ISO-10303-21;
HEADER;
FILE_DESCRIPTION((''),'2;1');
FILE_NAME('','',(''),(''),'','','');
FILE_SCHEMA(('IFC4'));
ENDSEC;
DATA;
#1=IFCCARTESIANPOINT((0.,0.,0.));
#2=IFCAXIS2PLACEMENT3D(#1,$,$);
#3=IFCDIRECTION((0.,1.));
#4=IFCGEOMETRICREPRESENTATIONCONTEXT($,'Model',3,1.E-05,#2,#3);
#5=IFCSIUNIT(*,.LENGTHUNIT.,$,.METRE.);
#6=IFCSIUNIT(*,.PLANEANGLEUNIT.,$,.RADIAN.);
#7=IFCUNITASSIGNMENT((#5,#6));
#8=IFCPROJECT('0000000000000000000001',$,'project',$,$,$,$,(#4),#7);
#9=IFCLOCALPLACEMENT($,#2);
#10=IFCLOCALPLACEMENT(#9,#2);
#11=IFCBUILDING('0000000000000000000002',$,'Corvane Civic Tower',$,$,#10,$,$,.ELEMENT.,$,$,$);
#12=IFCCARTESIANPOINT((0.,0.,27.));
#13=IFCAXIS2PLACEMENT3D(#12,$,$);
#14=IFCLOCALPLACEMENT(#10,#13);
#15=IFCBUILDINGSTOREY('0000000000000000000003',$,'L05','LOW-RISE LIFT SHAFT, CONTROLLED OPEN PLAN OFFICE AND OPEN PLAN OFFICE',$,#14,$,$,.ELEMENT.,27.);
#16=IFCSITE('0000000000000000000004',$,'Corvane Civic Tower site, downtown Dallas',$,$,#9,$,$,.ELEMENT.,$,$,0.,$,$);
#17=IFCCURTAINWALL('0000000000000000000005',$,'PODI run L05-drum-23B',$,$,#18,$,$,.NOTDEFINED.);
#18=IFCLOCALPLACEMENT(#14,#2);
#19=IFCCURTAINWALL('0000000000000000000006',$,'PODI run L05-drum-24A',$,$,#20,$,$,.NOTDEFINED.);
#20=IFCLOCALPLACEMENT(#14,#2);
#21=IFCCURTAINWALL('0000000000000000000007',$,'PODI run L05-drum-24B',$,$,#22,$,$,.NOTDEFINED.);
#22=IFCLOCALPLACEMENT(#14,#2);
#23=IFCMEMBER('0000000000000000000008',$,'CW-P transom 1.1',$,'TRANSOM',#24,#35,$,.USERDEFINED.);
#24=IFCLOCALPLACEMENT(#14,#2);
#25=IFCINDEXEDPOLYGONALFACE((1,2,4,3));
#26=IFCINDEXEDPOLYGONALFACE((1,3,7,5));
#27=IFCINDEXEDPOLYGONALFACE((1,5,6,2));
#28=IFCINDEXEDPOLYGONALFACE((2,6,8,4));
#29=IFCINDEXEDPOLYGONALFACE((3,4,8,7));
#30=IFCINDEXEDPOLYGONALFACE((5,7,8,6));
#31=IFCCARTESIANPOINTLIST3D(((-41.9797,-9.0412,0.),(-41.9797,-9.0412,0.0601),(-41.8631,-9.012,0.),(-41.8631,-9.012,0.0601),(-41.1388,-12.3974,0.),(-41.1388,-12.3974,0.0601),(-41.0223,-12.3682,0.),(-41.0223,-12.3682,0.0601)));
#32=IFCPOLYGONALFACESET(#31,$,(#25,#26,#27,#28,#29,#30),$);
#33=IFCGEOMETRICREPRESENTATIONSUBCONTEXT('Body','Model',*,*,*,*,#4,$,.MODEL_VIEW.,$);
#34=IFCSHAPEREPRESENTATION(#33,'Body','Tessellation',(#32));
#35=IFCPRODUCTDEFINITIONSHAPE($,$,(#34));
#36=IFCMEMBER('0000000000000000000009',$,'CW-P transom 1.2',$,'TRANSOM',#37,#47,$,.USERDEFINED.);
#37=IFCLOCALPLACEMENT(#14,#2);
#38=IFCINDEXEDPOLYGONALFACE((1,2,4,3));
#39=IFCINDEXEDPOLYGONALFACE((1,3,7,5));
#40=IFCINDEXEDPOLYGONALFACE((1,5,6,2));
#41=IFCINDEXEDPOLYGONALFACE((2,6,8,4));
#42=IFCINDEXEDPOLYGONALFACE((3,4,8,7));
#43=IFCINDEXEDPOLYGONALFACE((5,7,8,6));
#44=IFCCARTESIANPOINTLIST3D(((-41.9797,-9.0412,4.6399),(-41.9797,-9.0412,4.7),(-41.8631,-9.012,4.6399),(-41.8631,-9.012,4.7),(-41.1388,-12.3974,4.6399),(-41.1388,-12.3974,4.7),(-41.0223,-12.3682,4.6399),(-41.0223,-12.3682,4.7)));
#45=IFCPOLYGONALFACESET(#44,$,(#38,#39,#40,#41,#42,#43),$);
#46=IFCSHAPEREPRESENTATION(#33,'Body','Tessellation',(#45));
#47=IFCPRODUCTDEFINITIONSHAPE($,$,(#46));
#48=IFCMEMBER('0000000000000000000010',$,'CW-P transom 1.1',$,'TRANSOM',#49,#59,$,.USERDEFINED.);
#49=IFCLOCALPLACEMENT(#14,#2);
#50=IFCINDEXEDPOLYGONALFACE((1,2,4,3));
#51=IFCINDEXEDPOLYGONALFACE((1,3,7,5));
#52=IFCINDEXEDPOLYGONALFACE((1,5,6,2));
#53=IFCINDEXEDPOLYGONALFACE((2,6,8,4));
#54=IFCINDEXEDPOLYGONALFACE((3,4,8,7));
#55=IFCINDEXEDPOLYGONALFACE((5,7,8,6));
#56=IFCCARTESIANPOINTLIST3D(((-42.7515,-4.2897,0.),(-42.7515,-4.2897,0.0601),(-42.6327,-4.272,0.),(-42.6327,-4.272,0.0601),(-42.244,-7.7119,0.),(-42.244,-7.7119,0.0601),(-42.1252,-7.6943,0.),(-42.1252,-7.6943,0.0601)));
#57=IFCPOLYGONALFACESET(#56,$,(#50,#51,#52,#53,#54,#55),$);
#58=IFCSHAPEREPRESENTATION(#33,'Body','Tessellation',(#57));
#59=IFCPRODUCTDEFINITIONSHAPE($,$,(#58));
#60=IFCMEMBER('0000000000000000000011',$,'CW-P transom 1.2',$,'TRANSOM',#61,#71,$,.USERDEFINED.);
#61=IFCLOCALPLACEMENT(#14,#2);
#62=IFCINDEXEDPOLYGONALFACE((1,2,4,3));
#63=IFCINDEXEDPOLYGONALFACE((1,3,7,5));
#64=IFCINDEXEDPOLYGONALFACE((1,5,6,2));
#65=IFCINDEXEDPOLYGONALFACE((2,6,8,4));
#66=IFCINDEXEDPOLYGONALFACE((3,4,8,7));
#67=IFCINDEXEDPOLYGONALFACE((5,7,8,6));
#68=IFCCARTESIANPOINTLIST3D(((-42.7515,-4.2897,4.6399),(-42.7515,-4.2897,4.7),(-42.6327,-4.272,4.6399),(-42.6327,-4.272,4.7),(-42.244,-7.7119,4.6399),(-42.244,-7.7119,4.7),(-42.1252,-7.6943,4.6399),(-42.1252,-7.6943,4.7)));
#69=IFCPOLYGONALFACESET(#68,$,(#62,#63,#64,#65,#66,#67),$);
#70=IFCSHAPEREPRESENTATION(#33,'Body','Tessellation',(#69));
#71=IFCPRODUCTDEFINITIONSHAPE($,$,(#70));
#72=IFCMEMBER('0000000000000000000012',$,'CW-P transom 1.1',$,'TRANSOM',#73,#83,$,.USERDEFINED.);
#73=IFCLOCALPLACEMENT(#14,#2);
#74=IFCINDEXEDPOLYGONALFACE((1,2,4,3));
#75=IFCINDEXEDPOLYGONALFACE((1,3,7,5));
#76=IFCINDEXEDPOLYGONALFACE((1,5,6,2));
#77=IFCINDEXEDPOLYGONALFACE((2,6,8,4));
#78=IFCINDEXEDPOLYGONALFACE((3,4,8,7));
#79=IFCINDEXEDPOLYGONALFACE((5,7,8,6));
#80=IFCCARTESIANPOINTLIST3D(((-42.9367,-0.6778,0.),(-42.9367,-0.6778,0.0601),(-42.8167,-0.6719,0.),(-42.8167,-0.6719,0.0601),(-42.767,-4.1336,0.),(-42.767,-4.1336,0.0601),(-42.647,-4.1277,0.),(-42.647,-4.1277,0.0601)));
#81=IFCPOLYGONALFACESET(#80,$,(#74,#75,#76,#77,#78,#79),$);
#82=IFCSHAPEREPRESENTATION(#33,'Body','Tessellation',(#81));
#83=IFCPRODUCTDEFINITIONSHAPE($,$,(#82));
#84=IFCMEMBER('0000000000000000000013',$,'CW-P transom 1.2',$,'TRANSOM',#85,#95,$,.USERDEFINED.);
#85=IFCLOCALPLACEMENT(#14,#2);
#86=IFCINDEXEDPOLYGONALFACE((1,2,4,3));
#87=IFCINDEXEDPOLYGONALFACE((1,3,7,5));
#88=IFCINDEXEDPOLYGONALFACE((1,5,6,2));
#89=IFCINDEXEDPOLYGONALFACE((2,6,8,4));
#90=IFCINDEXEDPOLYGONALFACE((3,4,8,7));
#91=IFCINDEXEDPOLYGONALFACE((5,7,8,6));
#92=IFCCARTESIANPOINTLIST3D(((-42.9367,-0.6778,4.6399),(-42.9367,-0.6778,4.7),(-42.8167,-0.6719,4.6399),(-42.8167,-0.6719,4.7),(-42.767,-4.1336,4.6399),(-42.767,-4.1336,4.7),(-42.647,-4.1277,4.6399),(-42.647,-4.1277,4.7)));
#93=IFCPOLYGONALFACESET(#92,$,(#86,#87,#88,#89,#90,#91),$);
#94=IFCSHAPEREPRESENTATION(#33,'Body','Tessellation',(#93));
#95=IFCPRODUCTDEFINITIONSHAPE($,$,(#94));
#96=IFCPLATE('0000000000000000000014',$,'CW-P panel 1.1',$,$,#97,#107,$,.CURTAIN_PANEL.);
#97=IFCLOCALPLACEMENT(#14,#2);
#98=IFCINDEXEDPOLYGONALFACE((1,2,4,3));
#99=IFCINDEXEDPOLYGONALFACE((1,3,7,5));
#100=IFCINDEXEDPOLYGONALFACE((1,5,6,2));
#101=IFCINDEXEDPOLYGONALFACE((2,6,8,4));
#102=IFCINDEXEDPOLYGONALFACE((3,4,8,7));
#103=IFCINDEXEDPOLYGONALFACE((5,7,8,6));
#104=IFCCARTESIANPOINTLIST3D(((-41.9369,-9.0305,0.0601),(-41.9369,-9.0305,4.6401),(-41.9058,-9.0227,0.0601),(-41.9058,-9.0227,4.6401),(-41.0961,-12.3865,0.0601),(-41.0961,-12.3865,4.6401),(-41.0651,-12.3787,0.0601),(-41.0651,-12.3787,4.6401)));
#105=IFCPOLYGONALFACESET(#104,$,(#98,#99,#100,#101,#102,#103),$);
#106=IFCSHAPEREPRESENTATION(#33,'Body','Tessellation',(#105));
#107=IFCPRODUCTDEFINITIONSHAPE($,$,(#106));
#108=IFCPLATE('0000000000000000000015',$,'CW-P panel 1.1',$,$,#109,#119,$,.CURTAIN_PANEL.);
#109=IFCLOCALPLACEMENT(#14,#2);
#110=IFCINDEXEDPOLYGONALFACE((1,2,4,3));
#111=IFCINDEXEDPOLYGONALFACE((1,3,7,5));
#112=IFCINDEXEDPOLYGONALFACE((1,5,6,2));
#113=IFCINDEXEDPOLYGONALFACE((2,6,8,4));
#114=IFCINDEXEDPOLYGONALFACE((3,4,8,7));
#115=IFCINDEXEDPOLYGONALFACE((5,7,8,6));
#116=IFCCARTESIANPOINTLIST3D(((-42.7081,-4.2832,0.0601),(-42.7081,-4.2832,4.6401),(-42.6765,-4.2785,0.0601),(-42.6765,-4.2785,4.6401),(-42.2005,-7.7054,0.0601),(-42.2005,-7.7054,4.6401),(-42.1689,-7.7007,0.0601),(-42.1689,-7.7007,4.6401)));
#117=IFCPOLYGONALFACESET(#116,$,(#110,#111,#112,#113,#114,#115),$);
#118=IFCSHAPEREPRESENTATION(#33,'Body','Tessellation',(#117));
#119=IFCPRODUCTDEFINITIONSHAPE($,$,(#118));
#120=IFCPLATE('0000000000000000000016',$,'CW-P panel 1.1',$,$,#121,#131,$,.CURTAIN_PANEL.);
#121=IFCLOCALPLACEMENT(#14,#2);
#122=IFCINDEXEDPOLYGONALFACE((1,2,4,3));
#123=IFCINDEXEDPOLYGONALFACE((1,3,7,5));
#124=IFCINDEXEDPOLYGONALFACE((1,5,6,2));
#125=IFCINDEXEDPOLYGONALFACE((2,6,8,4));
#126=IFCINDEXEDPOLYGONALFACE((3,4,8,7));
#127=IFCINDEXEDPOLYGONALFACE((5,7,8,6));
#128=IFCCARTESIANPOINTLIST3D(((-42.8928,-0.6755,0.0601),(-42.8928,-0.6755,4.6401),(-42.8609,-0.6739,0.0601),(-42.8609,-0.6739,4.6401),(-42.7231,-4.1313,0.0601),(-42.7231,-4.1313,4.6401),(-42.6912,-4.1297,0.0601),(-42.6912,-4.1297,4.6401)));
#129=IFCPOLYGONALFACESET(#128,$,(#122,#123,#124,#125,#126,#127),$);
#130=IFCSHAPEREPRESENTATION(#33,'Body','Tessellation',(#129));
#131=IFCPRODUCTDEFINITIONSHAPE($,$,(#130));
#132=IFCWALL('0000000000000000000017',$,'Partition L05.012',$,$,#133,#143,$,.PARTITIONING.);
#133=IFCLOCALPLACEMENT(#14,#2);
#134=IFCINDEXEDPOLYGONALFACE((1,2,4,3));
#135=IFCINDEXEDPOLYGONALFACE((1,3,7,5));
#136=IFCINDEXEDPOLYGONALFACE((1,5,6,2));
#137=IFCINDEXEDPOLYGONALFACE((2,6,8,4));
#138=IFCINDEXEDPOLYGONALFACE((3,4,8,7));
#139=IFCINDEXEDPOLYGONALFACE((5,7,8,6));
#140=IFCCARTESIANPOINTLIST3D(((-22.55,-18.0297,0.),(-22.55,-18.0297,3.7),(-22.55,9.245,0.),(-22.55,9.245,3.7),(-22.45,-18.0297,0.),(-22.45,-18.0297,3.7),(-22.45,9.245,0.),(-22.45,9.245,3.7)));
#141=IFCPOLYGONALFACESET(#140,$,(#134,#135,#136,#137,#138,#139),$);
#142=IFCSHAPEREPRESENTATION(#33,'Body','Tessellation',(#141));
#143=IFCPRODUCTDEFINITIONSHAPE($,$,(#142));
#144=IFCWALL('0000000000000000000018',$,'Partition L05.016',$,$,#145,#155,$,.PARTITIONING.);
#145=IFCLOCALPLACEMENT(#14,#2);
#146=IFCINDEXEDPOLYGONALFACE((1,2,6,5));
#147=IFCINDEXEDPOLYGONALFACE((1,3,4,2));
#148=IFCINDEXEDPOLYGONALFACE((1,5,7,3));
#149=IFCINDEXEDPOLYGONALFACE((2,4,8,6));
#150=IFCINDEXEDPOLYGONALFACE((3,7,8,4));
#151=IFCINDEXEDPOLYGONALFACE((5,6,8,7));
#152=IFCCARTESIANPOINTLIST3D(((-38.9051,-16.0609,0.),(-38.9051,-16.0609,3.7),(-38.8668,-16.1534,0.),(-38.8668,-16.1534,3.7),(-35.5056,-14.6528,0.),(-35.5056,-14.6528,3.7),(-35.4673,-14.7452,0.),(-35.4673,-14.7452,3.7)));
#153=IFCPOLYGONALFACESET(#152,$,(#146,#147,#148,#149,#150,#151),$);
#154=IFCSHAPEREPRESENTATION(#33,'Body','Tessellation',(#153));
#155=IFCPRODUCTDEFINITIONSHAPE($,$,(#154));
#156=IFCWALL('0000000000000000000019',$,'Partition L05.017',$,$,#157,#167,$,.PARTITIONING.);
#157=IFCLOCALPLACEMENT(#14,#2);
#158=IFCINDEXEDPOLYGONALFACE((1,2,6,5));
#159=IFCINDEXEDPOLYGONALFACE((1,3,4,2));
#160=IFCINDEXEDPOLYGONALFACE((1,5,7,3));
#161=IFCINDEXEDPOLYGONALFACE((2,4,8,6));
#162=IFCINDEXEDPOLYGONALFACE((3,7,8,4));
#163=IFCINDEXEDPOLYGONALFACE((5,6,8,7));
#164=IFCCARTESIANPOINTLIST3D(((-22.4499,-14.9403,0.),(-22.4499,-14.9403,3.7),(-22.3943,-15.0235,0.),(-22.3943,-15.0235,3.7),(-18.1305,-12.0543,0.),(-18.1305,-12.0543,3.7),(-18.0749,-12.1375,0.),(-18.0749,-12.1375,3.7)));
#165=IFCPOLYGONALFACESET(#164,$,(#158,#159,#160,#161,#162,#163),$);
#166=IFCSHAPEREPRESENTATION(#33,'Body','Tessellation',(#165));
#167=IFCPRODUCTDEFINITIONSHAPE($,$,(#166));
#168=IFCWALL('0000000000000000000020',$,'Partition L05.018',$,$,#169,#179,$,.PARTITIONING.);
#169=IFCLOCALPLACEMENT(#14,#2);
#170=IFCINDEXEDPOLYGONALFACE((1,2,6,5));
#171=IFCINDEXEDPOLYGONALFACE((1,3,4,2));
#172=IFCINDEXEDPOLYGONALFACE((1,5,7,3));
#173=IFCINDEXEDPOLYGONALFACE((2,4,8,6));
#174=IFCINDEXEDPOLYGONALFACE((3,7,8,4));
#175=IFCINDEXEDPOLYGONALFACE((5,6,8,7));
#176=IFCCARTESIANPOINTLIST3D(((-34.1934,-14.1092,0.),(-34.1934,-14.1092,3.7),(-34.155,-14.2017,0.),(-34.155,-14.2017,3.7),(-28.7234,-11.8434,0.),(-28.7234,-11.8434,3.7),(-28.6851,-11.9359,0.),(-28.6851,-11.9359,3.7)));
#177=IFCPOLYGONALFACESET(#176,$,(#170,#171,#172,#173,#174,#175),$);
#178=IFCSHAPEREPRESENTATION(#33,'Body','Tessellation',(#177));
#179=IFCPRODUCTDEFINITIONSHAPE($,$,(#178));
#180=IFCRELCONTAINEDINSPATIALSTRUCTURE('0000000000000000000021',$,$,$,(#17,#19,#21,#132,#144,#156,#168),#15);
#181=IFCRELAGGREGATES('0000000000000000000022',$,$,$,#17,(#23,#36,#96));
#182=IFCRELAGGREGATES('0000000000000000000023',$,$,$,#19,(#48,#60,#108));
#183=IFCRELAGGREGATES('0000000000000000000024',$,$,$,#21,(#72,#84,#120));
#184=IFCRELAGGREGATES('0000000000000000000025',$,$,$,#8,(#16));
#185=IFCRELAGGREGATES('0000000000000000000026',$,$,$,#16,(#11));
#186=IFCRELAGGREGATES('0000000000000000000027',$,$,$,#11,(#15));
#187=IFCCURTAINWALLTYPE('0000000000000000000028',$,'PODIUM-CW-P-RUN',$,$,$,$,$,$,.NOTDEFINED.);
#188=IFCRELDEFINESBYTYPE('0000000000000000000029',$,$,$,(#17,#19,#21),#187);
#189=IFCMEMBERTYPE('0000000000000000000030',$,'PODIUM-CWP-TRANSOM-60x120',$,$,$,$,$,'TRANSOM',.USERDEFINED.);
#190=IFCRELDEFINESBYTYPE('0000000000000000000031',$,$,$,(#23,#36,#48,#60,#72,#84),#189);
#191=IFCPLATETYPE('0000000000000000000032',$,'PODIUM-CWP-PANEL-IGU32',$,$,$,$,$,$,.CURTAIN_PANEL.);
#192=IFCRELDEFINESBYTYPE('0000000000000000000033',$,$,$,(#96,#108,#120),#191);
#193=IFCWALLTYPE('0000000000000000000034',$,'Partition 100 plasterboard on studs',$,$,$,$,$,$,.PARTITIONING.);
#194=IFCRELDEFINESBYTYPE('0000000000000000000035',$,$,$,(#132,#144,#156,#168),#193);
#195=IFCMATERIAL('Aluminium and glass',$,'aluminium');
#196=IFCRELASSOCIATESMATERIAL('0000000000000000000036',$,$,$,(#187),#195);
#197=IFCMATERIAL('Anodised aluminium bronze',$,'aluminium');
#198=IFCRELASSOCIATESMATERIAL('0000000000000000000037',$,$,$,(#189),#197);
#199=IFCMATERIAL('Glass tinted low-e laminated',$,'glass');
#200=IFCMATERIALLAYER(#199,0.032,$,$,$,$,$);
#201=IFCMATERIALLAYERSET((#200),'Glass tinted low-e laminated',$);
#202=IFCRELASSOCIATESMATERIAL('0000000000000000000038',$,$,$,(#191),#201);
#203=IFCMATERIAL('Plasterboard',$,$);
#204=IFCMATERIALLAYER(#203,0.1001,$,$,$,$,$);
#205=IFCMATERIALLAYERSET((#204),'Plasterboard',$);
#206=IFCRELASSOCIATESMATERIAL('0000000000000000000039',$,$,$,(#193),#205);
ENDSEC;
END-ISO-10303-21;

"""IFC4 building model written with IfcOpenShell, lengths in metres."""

from ifc_helpers import new_model, si_unit, direction, frame, frame_2d, origin, origin_2d, place, context, subcontext, project, spatial, rectangle, extrude, material, layer, layer_set, material_profile, profile_set, type_object, element, aggregate, save


model = new_model("IFC4")

# Units and contexts
model_context = context("Model", 3, precision=1e-05, world=origin(), true_north=direction((0.0, 1.0)))
body_context = subcontext(model_context, "Body", "Model", "MODEL_VIEW")
ifc_project = project(units=[si_unit("LENGTHUNIT", "METRE"), si_unit("PLANEANGLEUNIT", "RADIAN")], contexts=[model_context])

# Site, building, storey
site_placement = place(None, origin())
site = spatial("IfcSite", under=ifc_project, at=site_placement, Name="Corvane Civic Tower site, downtown Dallas", CompositionType="ELEMENT", RefElevation=0.0)
building_placement = place(site_placement, origin())
building = spatial("IfcBuilding", under=site, at=building_placement, Name="Corvane Civic Tower", CompositionType="ELEMENT")
storey_placement = place(building_placement, frame((0.0, 0.0, 27.0)))
storey = spatial("IfcBuildingStorey", under=building, at=storey_placement, Name="L05", Description="LOW-RISE LIFT SHAFT, CONTROLLED OPEN PLAN OFFICE AND OPEN PLAN OFFICE", CompositionType="ELEMENT", Elevation=27.0)

# Shared definitions
ifc_material_1 = material(Name="Aluminium and glass", Category="aluminium")
curtain_wall_type = type_object("IfcCurtainWallType", Name="PODIUM-CW-P-RUN", PredefinedType="NOTDEFINED", material=ifc_material_1)

# Curtain walls
curtain_wall_1_placement = place(storey_placement, origin())
curtain_wall_1 = element("IfcCurtainWall", 1, at=curtain_wall_1_placement, inside=storey, type_object=curtain_wall_type, Name="PODI run L05-drum-23B", PredefinedType="NOTDEFINED")
curtain_wall_2_placement = place(storey_placement, origin())
curtain_wall_2 = element("IfcCurtainWall", 2, at=curtain_wall_2_placement, inside=storey, type_object=curtain_wall_type, Name="PODI run L05-drum-24A", PredefinedType="NOTDEFINED")
curtain_wall_3_placement = place(storey_placement, origin())
curtain_wall_3 = element("IfcCurtainWall", 3, at=curtain_wall_3_placement, inside=storey, type_object=curtain_wall_type, Name="PODI run L05-drum-24B", PredefinedType="NOTDEFINED")

# Members
ifc_material_2 = material(Name="Anodised aluminium bronze", Category="aluminium")
ifc_material_profile_1 = material_profile(ifc_material_2, rectangle(XDim=0.1201, YDim=0.0601, at=origin_2d()), Name="AL 120x60")
ifc_profile_set_1 = profile_set([ifc_material_profile_1], Name="Anodised aluminium bronze")
member_type_1 = type_object("IfcMemberType", Name="PODIUM-CWP-TRANSOM-60x120", ElementType="TRANSOM", PredefinedType="USERDEFINED", material=ifc_profile_set_1)
member_1_placement = place(storey_placement, frame((-41.0806, -12.3828, 0.03), z_axis=(-0.243017, 0.970022, 0.0), x_axis=(-0.970022, -0.243017, 0.0)))
member_1 = element("IfcMember", 4, at=member_1_placement, type_object=member_type_1, Name="CW-P transom 1.1", ObjectType="TRANSOM", PredefinedType="USERDEFINED", context=body_context, shape_type="SweptSolid", body=[
    extrude(rectangle(XDim=0.1201, YDim=0.0601, at=origin_2d()), origin(), (0.0, 0.0, 1.0), 3.46),
])
member_2_placement = place(storey_placement, frame((-41.0806, -12.3828, 4.6699), z_axis=(-0.243017, 0.970022, 0.0), x_axis=(-0.970022, -0.243017, 0.0)))
member_2 = element("IfcMember", 5, at=member_2_placement, type_object=member_type_1, Name="CW-P transom 1.2", ObjectType="TRANSOM", PredefinedType="USERDEFINED", context=body_context, shape_type="SweptSolid", body=[
    extrude(rectangle(XDim=0.1201, YDim=0.0601, at=origin_2d()), origin(), (0.0, 0.0, 1.0), 3.46),
])
member_3_placement = place(storey_placement, frame((-42.1846, -7.7031, 0.03), z_axis=(-0.146705, 0.98918, 0.0), x_axis=(-0.98918, -0.146705, 0.0)))
member_3 = element("IfcMember", 6, at=member_3_placement, type_object=member_type_1, Name="CW-P transom 1.1", ObjectType="TRANSOM", PredefinedType="USERDEFINED", context=body_context, shape_type="SweptSolid", body=[
    extrude(rectangle(XDim=0.1201, YDim=0.0601, at=origin_2d()), origin(), (0.0, 0.0, 1.0), 3.4597),
])
member_4_placement = place(storey_placement, frame((-42.1846, -7.7031, 4.6699), z_axis=(-0.146705, 0.98918, 0.0), x_axis=(-0.98918, -0.146705, 0.0)))
member_4 = element("IfcMember", 7, at=member_4_placement, type_object=member_type_1, Name="CW-P transom 1.2", ObjectType="TRANSOM", PredefinedType="USERDEFINED", context=body_context, shape_type="SweptSolid", body=[
    extrude(rectangle(XDim=0.1201, YDim=0.0601, at=origin_2d()), origin(), (0.0, 0.0, 1.0), 3.4597),
])
member_5_placement = place(storey_placement, frame((-42.707, -4.1306, 0.03), z_axis=(-0.04904, 0.998797, 0.0), x_axis=(-0.998797, -0.04904, 0.0)))
member_5 = element("IfcMember", 8, at=member_5_placement, type_object=member_type_1, Name="CW-P transom 1.1", ObjectType="TRANSOM", PredefinedType="USERDEFINED", context=body_context, shape_type="SweptSolid", body=[
    extrude(rectangle(XDim=0.1201, YDim=0.0601, at=origin_2d()), origin(), (0.0, 0.0, 1.0), 3.46),
])
member_6_placement = place(storey_placement, frame((-42.707, -4.1306, 4.6699), z_axis=(-0.04904, 0.998797, 0.0), x_axis=(-0.998797, -0.04904, 0.0)))
member_6 = element("IfcMember", 9, at=member_6_placement, type_object=member_type_1, Name="CW-P transom 1.2", ObjectType="TRANSOM", PredefinedType="USERDEFINED", context=body_context, shape_type="SweptSolid", body=[
    extrude(rectangle(XDim=0.1201, YDim=0.0601, at=origin_2d()), origin(), (0.0, 0.0, 1.0), 3.46),
])

# Plates
ifc_material_3 = material(Name="Glass tinted low-e laminated", Category="glass")
ifc_layer_1 = layer(ifc_material_3, 0.032)
ifc_layer_set_1 = layer_set([ifc_layer_1], Name="Glass tinted low-e laminated")
plate_type = type_object("IfcPlateType", Name="PODIUM-CWP-PANEL-IGU32", PredefinedType="CURTAIN_PANEL", material=ifc_layer_set_1)
plate_1_placement = place(storey_placement, frame((-41.501, -10.7046, 0.0601), z_axis=(0.0, 0.0, 1.0), x_axis=(-0.243009, 0.970024, 0.0)))
plate_1 = element("IfcPlate", 10, at=plate_1_placement, type_object=plate_type, Name="CW-P panel 1.1", PredefinedType="CURTAIN_PANEL", context=body_context, shape_type="SweptSolid", body=[
    extrude(rectangle(XDim=3.4597, YDim=0.032, at=origin_2d()), origin(), (0.0, 0.0, 1.0), 4.5801),
])
aggregate(curtain_wall_1, [member_1, member_2, plate_1])
plate_2_placement = place(storey_placement, frame((-42.4385, -5.9919, 0.0601), z_axis=(0.0, 0.0, 1.0), x_axis=(-0.146715, 0.989179, 0.0)))
plate_2 = element("IfcPlate", 11, at=plate_2_placement, type_object=plate_type, Name="CW-P panel 1.1", PredefinedType="CURTAIN_PANEL", context=body_context, shape_type="SweptSolid", body=[
    extrude(rectangle(XDim=3.4597, YDim=0.032, at=origin_2d()), origin(), (0.0, 0.0, 1.0), 4.5801),
])
aggregate(curtain_wall_2, [member_3, member_4, plate_2])
plate_3_placement = place(storey_placement, frame((-42.792, -2.4026, 0.0601), z_axis=(0.0, 0.0, 1.0), x_axis=(-0.04905, 0.998796, 0.0)))
plate_3 = element("IfcPlate", 12, at=plate_3_placement, type_object=plate_type, Name="CW-P panel 1.1", PredefinedType="CURTAIN_PANEL", context=body_context, shape_type="SweptSolid", body=[
    extrude(rectangle(XDim=3.46, YDim=0.032, at=origin_2d()), origin(), (0.0, 0.0, 1.0), 4.5801),
])
aggregate(curtain_wall_3, [member_5, member_6, plate_3])

# Walls
ifc_material_4 = material(Name="Plasterboard")
ifc_layer_2 = layer(ifc_material_4, 0.1001)
ifc_layer_set_2 = layer_set([ifc_layer_2], Name="Plasterboard")
wall_type_1 = type_object("IfcWallType", Name="Partition 100 plasterboard on studs", PredefinedType="PARTITIONING", material=ifc_layer_set_2)
wall_1_placement = place(storey_placement, frame((-22.5, -18.0295, 0.0), z_axis=(0.0, 0.0, 1.0), x_axis=(0.0, 1.0, 0.0)))
element("IfcWall", 13, at=wall_1_placement, inside=storey, type_object=wall_type_1, Name="Partition L05.012", PredefinedType="PARTITIONING", context=body_context, shape_type="SweptSolid", body=[
    extrude(rectangle(XDim=27.2747, YDim=0.1001, at=frame_2d((13.6372, 0.0))), origin(), (0.0, 0.0, 1.0), 3.7),
])
wall_2_placement = place(storey_placement, frame((-38.886, -16.1072, 0.0), z_axis=(0.0, 0.0, 1.0), x_axis=(0.923878, 0.382688, 0.0)))
element("IfcWall", 14, at=wall_2_placement, inside=storey, type_object=wall_type_1, Name="Partition L05.016", PredefinedType="PARTITIONING", context=body_context, shape_type="SweptSolid", body=[
    extrude(rectangle(XDim=3.6797, YDim=0.1001, at=frame_2d((1.8398, 0.0))), origin(), (0.0, 0.0, 1.0), 3.7),
])
wall_3_placement = place(storey_placement, frame((-22.4221, -14.9819, 0.0), z_axis=(0.0, 0.0, 1.0), x_axis=(0.831479, 0.555557, 0.0)))
element("IfcWall", 15, at=wall_3_placement, inside=storey, type_object=wall_type_1, Name="Partition L05.017", PredefinedType="PARTITIONING", context=body_context, shape_type="SweptSolid", body=[
    extrude(rectangle(XDim=5.1948, YDim=0.1001, at=frame_2d((2.5974, 0.0))), origin(), (0.0, 0.0, 1.0), 3.7),
])
wall_4_placement = place(storey_placement, frame((-34.1743, -14.1555, 0.0), z_axis=(0.0, 0.0, 1.0), x_axis=(0.923872, 0.382703, 0.0)))
element("IfcWall", 16, at=wall_4_placement, inside=storey, type_object=wall_type_1, Name="Partition L05.018", PredefinedType="PARTITIONING", context=body_context, shape_type="SweptSolid", body=[
    extrude(rectangle(XDim=5.9207, YDim=0.1001, at=frame_2d((2.9604, 0.0))), origin(), (0.0, 0.0, 1.0), 3.7),
])

save(model, "model.ifc")
